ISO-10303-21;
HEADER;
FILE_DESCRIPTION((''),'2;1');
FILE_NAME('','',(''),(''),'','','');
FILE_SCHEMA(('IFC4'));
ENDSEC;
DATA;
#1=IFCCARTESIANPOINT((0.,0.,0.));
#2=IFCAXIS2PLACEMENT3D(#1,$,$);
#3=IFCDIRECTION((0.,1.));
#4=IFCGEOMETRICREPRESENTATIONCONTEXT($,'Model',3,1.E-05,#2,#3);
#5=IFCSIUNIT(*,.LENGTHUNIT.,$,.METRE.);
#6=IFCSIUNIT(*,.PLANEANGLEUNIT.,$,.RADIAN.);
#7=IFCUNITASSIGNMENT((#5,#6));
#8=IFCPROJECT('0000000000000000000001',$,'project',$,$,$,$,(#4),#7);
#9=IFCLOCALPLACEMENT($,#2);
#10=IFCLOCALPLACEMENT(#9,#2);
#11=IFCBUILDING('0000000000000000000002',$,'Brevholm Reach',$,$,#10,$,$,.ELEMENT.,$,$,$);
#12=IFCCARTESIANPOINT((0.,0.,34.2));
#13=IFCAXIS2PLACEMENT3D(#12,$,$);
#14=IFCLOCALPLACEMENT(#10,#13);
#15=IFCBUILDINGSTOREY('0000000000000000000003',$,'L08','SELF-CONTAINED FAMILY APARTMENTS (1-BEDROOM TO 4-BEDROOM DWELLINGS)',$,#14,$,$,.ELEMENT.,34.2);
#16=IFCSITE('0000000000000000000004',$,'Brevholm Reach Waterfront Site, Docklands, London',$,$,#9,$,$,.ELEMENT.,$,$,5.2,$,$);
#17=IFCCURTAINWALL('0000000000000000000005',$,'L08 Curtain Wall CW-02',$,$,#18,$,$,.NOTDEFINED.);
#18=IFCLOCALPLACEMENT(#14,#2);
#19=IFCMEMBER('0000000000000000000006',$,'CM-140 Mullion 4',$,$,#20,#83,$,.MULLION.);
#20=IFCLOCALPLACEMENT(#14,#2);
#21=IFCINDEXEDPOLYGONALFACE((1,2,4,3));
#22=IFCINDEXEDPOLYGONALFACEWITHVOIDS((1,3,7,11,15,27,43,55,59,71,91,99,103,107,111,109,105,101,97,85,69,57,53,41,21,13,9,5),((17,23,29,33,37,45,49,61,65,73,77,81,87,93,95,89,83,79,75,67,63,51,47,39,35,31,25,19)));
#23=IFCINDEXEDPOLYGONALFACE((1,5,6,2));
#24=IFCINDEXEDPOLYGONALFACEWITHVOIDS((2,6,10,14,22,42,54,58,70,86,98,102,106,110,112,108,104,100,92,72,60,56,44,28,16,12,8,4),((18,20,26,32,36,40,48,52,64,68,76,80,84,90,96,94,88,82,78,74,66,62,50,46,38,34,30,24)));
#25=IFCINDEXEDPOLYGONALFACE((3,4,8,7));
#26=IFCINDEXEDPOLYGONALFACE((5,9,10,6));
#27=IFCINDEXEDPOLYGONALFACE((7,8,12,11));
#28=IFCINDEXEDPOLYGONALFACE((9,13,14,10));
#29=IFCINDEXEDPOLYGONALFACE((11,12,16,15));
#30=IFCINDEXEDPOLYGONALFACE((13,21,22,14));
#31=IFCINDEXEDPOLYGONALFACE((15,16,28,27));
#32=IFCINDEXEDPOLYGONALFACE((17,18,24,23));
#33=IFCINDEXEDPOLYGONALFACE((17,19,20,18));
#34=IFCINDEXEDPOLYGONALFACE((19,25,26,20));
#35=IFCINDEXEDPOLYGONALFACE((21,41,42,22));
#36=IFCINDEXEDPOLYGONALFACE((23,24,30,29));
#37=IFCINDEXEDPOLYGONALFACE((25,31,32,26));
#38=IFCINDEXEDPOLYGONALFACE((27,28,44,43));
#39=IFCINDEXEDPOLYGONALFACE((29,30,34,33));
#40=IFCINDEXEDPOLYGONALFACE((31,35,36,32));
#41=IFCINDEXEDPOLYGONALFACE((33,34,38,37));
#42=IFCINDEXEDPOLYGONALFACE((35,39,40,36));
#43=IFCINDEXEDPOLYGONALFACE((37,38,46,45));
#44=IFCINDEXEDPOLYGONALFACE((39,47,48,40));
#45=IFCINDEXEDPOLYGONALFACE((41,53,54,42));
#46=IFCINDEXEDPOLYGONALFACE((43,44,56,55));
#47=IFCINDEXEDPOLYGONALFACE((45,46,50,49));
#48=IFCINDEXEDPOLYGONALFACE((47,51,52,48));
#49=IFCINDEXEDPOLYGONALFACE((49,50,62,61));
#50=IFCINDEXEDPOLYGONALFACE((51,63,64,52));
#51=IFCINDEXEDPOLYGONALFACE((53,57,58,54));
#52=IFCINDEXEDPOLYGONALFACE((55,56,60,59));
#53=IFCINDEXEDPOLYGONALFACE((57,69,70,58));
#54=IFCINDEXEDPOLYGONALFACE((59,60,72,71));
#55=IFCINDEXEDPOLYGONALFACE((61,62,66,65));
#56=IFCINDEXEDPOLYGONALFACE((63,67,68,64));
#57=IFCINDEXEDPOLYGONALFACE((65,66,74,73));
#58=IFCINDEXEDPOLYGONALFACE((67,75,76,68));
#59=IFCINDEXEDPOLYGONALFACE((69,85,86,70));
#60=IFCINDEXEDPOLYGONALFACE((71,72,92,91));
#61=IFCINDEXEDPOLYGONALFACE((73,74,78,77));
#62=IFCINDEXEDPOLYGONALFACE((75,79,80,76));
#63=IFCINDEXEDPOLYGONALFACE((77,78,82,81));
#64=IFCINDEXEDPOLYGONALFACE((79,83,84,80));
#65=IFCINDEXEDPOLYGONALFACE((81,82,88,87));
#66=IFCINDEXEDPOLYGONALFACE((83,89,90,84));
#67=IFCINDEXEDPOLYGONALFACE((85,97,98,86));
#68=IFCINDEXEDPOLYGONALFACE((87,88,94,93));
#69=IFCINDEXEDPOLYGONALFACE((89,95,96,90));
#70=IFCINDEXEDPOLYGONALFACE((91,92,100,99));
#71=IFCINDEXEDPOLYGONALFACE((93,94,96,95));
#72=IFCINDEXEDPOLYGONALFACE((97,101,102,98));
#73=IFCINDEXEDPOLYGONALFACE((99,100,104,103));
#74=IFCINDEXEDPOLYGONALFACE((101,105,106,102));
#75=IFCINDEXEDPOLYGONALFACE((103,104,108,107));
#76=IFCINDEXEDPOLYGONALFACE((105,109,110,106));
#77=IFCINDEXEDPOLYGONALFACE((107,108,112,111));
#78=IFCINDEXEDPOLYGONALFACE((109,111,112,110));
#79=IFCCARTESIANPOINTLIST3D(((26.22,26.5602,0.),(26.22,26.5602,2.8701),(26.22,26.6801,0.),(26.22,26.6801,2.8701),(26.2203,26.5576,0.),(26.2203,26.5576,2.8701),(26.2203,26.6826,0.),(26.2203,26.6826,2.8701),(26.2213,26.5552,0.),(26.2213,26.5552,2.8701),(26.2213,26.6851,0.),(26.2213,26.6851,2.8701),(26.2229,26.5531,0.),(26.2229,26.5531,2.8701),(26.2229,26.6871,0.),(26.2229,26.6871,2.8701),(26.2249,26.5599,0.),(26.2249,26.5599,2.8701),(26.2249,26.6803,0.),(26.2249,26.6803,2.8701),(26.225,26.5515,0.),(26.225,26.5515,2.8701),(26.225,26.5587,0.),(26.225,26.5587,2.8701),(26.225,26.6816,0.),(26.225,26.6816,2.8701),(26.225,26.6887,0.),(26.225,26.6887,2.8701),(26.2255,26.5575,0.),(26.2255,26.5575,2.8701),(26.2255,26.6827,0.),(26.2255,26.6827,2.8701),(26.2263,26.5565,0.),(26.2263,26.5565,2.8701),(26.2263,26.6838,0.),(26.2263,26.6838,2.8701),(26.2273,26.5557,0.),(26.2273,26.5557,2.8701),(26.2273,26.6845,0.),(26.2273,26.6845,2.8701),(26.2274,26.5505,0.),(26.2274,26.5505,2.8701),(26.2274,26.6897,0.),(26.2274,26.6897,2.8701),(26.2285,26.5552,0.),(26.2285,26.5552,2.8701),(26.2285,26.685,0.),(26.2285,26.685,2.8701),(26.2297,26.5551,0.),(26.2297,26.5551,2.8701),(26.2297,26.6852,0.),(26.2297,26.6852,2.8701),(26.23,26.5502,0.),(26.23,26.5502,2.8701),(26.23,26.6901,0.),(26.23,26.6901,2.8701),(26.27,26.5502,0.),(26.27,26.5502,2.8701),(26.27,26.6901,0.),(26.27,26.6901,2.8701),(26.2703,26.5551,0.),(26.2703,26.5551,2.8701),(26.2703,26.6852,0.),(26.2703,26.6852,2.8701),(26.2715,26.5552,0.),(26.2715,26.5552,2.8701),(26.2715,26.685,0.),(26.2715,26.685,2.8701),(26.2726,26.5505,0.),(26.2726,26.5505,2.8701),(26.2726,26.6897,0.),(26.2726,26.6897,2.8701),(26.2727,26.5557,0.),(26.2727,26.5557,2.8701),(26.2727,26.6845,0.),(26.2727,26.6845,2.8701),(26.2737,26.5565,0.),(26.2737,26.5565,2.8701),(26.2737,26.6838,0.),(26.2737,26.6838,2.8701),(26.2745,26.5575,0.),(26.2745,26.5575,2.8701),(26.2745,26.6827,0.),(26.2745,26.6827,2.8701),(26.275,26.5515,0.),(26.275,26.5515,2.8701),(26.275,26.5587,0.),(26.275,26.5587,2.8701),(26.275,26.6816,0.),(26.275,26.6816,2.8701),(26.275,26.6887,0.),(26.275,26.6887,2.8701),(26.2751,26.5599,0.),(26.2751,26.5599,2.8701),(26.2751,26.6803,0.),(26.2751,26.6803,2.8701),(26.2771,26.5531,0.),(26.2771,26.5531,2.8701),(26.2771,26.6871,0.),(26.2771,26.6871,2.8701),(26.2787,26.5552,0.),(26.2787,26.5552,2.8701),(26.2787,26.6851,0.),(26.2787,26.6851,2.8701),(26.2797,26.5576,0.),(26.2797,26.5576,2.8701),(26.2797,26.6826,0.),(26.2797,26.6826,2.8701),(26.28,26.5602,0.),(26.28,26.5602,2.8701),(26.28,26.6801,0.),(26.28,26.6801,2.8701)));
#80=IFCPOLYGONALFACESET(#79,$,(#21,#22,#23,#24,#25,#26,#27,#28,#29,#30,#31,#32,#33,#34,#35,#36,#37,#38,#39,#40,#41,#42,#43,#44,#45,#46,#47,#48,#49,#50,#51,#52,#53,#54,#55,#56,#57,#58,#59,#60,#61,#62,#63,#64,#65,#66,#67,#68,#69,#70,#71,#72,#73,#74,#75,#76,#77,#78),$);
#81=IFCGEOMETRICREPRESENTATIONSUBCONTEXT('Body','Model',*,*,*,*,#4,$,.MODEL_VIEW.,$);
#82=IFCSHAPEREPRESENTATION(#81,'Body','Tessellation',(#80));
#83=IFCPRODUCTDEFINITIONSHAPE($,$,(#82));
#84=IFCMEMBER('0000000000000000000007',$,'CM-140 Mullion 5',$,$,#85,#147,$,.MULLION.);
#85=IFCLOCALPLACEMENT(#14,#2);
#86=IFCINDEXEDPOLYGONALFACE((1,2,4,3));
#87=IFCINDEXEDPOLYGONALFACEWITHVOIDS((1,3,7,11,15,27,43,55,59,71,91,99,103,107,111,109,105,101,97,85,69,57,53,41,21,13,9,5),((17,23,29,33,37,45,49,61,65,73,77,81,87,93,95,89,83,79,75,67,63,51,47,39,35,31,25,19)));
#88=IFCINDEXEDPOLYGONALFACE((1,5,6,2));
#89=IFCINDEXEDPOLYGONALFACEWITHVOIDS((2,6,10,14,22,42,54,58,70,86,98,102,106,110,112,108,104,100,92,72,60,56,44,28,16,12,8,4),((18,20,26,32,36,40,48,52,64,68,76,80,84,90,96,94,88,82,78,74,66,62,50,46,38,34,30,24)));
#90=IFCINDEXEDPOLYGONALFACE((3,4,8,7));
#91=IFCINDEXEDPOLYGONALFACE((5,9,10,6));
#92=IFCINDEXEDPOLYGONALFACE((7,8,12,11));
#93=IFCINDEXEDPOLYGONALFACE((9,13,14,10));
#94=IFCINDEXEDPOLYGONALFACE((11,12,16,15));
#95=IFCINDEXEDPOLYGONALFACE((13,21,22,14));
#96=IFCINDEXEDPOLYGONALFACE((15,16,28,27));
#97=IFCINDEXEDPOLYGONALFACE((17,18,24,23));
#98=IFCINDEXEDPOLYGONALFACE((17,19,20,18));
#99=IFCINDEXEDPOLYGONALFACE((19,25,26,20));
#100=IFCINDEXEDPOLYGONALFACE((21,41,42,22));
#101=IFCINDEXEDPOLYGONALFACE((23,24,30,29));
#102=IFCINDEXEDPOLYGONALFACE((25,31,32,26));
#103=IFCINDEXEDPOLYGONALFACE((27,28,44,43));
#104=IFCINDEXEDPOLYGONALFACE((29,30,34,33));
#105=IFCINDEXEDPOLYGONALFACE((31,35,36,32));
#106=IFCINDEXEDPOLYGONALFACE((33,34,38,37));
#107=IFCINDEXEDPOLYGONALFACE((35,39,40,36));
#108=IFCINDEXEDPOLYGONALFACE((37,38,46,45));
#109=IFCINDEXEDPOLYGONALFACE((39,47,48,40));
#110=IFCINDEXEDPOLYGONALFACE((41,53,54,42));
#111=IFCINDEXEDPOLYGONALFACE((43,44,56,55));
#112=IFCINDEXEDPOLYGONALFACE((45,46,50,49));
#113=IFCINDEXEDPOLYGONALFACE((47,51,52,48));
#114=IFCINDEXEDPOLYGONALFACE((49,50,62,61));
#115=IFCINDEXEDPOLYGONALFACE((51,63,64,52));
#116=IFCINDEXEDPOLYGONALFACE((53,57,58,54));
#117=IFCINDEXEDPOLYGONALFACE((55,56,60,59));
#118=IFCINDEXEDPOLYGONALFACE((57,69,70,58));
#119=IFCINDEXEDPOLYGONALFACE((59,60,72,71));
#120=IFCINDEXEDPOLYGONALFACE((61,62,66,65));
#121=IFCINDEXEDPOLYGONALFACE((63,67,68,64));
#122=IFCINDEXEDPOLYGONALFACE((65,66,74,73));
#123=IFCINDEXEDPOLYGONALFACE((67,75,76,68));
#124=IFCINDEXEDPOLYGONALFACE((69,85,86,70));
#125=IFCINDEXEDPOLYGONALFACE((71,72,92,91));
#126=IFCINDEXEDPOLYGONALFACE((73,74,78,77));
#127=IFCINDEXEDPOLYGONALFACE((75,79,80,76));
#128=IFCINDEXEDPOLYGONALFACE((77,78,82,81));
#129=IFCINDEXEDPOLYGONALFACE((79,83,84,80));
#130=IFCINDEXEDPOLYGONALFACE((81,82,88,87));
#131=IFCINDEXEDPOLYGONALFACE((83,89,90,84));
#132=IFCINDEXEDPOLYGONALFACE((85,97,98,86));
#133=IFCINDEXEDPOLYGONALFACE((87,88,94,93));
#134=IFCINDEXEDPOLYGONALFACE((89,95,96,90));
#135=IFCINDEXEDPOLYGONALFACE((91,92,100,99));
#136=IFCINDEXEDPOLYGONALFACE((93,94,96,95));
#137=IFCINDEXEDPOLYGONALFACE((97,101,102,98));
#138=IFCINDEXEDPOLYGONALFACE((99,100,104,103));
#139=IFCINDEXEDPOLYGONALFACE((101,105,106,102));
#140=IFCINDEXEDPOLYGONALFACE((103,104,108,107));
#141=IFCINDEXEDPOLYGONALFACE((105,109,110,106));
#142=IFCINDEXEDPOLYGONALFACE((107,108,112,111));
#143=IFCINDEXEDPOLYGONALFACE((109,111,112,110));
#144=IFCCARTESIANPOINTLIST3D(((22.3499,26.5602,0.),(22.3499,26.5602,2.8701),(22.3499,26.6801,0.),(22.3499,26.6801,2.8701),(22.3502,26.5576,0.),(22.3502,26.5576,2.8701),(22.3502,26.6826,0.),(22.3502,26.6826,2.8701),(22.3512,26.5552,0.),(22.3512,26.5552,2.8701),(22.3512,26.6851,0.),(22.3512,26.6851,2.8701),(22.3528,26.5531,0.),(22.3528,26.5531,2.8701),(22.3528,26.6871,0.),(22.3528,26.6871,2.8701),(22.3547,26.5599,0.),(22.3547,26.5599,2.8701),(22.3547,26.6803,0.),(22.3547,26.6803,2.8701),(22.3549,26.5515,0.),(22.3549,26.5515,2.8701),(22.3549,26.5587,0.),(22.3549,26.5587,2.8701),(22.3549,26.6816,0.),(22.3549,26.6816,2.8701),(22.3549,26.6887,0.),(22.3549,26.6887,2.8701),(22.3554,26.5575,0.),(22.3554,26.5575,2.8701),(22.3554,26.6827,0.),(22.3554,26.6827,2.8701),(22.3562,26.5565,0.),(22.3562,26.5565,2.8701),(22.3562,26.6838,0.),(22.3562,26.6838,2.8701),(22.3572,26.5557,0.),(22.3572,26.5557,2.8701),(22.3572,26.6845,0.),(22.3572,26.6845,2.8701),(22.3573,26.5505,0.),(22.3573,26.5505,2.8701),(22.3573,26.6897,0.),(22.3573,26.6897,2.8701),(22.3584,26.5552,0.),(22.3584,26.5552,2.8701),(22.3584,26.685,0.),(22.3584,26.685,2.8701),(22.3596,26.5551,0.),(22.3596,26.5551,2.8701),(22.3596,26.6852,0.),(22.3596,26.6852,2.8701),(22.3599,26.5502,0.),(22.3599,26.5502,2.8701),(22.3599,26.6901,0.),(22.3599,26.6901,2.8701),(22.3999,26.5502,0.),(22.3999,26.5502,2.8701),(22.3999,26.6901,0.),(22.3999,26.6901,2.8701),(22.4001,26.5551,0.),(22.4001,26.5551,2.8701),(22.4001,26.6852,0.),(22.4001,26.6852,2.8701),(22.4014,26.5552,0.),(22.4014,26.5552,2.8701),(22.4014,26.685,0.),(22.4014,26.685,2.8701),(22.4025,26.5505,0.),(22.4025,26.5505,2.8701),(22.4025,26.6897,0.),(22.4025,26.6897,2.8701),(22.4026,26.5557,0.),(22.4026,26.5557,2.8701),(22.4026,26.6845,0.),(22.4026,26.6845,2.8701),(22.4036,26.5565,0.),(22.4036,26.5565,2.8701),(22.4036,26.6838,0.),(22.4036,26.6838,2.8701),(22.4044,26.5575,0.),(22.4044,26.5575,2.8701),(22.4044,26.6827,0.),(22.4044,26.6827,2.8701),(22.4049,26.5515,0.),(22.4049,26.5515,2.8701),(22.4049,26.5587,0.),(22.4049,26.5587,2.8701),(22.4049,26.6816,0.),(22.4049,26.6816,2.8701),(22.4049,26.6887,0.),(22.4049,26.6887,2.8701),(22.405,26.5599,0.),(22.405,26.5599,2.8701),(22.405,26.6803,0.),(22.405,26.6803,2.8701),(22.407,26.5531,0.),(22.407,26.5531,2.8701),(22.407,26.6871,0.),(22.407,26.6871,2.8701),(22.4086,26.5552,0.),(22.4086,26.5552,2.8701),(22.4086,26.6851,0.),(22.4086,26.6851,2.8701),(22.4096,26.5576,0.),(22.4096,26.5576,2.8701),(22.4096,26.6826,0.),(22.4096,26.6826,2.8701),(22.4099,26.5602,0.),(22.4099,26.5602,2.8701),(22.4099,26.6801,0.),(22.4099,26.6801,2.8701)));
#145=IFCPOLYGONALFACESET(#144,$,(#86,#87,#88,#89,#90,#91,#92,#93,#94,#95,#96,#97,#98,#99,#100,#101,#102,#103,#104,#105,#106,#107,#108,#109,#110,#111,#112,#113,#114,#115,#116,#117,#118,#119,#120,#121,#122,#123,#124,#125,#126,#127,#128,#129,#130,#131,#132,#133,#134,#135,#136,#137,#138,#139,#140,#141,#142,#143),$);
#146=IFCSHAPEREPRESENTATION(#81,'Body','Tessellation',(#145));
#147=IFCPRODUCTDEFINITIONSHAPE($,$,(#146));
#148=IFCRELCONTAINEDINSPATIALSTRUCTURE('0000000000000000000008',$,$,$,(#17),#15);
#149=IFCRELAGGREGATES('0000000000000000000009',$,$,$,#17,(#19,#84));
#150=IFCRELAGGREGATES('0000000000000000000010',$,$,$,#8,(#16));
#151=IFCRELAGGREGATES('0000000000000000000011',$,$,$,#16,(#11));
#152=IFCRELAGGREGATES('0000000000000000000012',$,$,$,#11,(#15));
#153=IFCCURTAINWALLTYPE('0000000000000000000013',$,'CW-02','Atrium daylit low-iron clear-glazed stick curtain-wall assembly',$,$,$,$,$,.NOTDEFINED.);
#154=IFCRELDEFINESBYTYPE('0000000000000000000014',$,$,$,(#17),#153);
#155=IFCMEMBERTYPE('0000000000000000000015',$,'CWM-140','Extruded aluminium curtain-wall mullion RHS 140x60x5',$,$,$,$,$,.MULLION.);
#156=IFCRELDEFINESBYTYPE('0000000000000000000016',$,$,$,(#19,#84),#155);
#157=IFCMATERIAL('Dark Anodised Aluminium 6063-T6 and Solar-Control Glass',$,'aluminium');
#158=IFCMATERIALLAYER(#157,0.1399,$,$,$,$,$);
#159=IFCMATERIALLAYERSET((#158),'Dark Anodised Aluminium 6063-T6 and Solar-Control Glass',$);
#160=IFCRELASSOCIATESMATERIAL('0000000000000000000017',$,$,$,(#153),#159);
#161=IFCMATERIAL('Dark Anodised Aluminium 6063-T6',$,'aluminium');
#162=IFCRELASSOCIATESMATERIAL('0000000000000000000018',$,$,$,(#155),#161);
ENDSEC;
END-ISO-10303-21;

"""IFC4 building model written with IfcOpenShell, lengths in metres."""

from ifc_helpers import new_model, si_unit, direction, frame, origin, origin_2d, place, context, subcontext, project, spatial, hollow_rectangle, extrude, material, layer, layer_set, material_profile, profile_set, type_object, element, aggregate, save


model = new_model("IFC4")

# Units and contexts
model_context = context("Model", 3, precision=1e-05, world=origin(), true_north=direction((0.0, 1.0)))
body_context = subcontext(model_context, "Body", "Model", "MODEL_VIEW")
ifc_project = project(units=[si_unit("LENGTHUNIT", "METRE"), si_unit("PLANEANGLEUNIT", "RADIAN")], contexts=[model_context])

# Site, building, storey
site_placement = place(None, origin())
site = spatial("IfcSite", under=ifc_project, at=site_placement, Name="Brevholm Reach Waterfront Site, Docklands, London", CompositionType="ELEMENT", RefElevation=5.2)
building_placement = place(site_placement, origin())
building = spatial("IfcBuilding", under=site, at=building_placement, Name="Brevholm Reach", CompositionType="ELEMENT")
storey_placement = place(building_placement, frame((0.0, 0.0, 34.2)))
storey = spatial("IfcBuildingStorey", under=building, at=storey_placement, Name="L08", Description="SELF-CONTAINED FAMILY APARTMENTS (1-BEDROOM TO 4-BEDROOM DWELLINGS)", CompositionType="ELEMENT", Elevation=34.2)

# Curtain wall, members
ifc_material_1 = material(Name="Dark Anodised Aluminium 6063-T6 and Solar-Control Glass", Category="aluminium")
ifc_layer_1 = layer(ifc_material_1, 0.1399)
ifc_layer_set_1 = layer_set([ifc_layer_1], Name="Dark Anodised Aluminium 6063-T6 and Solar-Control Glass")
curtain_wall_type_1 = type_object("IfcCurtainWallType", Name="CW-02", Description="Atrium daylit low-iron clear-glazed stick curtain-wall assembly", PredefinedType="NOTDEFINED", material=ifc_layer_set_1)
curtain_wall_1_placement = place(storey_placement, origin())
curtain_wall_1 = element("IfcCurtainWall", 1, at=curtain_wall_1_placement, inside=storey, type_object=curtain_wall_type_1, Name="L08 Curtain Wall CW-02", PredefinedType="NOTDEFINED")
ifc_material_2 = material(Name="Dark Anodised Aluminium 6063-T6", Category="aluminium")
ifc_material_profile_1 = material_profile(ifc_material_2, hollow_rectangle(XDim=0.0601, YDim=0.1399, WallThickness=0.0049, InnerFilletRadius=0.0049, OuterFilletRadius=0.01, at=origin_2d()), Name="RHS 140x60x5")
ifc_profile_set_1 = profile_set([ifc_material_profile_1], Name="Dark Anodised Aluminium 6063-T6")
member_type_1 = type_object("IfcMemberType", Name="CWM-140", Description="Extruded aluminium curtain-wall mullion RHS 140x60x5", PredefinedType="MULLION", material=ifc_profile_set_1)
member_1_placement = place(storey_placement, frame((26.25, 26.6201, 0.0), z_axis=(0.0, 0.0, 1.0), x_axis=(-1.0, 0.0, 0.0)))
member_1 = element("IfcMember", 2, at=member_1_placement, type_object=member_type_1, Name="CM-140 Mullion 4", PredefinedType="MULLION", context=body_context, shape_type="SweptSolid", body=[
    extrude(hollow_rectangle(XDim=0.0601, YDim=0.1399, WallThickness=0.0049, InnerFilletRadius=0.0049, OuterFilletRadius=0.01, at=origin_2d()), origin(), (0.0, 0.0, 1.0), 2.8701),
])
member_2_placement = place(storey_placement, frame((22.3799, 26.6201, 0.0), z_axis=(0.0, 0.0, 1.0), x_axis=(-1.0, 0.0, 0.0)))
member_2 = element("IfcMember", 3, at=member_2_placement, type_object=member_type_1, Name="CM-140 Mullion 5", PredefinedType="MULLION", context=body_context, shape_type="SweptSolid", body=[
    extrude(hollow_rectangle(XDim=0.0601, YDim=0.1399, WallThickness=0.0049, InnerFilletRadius=0.0049, OuterFilletRadius=0.01, at=origin_2d()), origin(), (0.0, 0.0, 1.0), 2.8701),
])

aggregate(curtain_wall_1, [member_1, member_2])

save(model, "model.ifc")
